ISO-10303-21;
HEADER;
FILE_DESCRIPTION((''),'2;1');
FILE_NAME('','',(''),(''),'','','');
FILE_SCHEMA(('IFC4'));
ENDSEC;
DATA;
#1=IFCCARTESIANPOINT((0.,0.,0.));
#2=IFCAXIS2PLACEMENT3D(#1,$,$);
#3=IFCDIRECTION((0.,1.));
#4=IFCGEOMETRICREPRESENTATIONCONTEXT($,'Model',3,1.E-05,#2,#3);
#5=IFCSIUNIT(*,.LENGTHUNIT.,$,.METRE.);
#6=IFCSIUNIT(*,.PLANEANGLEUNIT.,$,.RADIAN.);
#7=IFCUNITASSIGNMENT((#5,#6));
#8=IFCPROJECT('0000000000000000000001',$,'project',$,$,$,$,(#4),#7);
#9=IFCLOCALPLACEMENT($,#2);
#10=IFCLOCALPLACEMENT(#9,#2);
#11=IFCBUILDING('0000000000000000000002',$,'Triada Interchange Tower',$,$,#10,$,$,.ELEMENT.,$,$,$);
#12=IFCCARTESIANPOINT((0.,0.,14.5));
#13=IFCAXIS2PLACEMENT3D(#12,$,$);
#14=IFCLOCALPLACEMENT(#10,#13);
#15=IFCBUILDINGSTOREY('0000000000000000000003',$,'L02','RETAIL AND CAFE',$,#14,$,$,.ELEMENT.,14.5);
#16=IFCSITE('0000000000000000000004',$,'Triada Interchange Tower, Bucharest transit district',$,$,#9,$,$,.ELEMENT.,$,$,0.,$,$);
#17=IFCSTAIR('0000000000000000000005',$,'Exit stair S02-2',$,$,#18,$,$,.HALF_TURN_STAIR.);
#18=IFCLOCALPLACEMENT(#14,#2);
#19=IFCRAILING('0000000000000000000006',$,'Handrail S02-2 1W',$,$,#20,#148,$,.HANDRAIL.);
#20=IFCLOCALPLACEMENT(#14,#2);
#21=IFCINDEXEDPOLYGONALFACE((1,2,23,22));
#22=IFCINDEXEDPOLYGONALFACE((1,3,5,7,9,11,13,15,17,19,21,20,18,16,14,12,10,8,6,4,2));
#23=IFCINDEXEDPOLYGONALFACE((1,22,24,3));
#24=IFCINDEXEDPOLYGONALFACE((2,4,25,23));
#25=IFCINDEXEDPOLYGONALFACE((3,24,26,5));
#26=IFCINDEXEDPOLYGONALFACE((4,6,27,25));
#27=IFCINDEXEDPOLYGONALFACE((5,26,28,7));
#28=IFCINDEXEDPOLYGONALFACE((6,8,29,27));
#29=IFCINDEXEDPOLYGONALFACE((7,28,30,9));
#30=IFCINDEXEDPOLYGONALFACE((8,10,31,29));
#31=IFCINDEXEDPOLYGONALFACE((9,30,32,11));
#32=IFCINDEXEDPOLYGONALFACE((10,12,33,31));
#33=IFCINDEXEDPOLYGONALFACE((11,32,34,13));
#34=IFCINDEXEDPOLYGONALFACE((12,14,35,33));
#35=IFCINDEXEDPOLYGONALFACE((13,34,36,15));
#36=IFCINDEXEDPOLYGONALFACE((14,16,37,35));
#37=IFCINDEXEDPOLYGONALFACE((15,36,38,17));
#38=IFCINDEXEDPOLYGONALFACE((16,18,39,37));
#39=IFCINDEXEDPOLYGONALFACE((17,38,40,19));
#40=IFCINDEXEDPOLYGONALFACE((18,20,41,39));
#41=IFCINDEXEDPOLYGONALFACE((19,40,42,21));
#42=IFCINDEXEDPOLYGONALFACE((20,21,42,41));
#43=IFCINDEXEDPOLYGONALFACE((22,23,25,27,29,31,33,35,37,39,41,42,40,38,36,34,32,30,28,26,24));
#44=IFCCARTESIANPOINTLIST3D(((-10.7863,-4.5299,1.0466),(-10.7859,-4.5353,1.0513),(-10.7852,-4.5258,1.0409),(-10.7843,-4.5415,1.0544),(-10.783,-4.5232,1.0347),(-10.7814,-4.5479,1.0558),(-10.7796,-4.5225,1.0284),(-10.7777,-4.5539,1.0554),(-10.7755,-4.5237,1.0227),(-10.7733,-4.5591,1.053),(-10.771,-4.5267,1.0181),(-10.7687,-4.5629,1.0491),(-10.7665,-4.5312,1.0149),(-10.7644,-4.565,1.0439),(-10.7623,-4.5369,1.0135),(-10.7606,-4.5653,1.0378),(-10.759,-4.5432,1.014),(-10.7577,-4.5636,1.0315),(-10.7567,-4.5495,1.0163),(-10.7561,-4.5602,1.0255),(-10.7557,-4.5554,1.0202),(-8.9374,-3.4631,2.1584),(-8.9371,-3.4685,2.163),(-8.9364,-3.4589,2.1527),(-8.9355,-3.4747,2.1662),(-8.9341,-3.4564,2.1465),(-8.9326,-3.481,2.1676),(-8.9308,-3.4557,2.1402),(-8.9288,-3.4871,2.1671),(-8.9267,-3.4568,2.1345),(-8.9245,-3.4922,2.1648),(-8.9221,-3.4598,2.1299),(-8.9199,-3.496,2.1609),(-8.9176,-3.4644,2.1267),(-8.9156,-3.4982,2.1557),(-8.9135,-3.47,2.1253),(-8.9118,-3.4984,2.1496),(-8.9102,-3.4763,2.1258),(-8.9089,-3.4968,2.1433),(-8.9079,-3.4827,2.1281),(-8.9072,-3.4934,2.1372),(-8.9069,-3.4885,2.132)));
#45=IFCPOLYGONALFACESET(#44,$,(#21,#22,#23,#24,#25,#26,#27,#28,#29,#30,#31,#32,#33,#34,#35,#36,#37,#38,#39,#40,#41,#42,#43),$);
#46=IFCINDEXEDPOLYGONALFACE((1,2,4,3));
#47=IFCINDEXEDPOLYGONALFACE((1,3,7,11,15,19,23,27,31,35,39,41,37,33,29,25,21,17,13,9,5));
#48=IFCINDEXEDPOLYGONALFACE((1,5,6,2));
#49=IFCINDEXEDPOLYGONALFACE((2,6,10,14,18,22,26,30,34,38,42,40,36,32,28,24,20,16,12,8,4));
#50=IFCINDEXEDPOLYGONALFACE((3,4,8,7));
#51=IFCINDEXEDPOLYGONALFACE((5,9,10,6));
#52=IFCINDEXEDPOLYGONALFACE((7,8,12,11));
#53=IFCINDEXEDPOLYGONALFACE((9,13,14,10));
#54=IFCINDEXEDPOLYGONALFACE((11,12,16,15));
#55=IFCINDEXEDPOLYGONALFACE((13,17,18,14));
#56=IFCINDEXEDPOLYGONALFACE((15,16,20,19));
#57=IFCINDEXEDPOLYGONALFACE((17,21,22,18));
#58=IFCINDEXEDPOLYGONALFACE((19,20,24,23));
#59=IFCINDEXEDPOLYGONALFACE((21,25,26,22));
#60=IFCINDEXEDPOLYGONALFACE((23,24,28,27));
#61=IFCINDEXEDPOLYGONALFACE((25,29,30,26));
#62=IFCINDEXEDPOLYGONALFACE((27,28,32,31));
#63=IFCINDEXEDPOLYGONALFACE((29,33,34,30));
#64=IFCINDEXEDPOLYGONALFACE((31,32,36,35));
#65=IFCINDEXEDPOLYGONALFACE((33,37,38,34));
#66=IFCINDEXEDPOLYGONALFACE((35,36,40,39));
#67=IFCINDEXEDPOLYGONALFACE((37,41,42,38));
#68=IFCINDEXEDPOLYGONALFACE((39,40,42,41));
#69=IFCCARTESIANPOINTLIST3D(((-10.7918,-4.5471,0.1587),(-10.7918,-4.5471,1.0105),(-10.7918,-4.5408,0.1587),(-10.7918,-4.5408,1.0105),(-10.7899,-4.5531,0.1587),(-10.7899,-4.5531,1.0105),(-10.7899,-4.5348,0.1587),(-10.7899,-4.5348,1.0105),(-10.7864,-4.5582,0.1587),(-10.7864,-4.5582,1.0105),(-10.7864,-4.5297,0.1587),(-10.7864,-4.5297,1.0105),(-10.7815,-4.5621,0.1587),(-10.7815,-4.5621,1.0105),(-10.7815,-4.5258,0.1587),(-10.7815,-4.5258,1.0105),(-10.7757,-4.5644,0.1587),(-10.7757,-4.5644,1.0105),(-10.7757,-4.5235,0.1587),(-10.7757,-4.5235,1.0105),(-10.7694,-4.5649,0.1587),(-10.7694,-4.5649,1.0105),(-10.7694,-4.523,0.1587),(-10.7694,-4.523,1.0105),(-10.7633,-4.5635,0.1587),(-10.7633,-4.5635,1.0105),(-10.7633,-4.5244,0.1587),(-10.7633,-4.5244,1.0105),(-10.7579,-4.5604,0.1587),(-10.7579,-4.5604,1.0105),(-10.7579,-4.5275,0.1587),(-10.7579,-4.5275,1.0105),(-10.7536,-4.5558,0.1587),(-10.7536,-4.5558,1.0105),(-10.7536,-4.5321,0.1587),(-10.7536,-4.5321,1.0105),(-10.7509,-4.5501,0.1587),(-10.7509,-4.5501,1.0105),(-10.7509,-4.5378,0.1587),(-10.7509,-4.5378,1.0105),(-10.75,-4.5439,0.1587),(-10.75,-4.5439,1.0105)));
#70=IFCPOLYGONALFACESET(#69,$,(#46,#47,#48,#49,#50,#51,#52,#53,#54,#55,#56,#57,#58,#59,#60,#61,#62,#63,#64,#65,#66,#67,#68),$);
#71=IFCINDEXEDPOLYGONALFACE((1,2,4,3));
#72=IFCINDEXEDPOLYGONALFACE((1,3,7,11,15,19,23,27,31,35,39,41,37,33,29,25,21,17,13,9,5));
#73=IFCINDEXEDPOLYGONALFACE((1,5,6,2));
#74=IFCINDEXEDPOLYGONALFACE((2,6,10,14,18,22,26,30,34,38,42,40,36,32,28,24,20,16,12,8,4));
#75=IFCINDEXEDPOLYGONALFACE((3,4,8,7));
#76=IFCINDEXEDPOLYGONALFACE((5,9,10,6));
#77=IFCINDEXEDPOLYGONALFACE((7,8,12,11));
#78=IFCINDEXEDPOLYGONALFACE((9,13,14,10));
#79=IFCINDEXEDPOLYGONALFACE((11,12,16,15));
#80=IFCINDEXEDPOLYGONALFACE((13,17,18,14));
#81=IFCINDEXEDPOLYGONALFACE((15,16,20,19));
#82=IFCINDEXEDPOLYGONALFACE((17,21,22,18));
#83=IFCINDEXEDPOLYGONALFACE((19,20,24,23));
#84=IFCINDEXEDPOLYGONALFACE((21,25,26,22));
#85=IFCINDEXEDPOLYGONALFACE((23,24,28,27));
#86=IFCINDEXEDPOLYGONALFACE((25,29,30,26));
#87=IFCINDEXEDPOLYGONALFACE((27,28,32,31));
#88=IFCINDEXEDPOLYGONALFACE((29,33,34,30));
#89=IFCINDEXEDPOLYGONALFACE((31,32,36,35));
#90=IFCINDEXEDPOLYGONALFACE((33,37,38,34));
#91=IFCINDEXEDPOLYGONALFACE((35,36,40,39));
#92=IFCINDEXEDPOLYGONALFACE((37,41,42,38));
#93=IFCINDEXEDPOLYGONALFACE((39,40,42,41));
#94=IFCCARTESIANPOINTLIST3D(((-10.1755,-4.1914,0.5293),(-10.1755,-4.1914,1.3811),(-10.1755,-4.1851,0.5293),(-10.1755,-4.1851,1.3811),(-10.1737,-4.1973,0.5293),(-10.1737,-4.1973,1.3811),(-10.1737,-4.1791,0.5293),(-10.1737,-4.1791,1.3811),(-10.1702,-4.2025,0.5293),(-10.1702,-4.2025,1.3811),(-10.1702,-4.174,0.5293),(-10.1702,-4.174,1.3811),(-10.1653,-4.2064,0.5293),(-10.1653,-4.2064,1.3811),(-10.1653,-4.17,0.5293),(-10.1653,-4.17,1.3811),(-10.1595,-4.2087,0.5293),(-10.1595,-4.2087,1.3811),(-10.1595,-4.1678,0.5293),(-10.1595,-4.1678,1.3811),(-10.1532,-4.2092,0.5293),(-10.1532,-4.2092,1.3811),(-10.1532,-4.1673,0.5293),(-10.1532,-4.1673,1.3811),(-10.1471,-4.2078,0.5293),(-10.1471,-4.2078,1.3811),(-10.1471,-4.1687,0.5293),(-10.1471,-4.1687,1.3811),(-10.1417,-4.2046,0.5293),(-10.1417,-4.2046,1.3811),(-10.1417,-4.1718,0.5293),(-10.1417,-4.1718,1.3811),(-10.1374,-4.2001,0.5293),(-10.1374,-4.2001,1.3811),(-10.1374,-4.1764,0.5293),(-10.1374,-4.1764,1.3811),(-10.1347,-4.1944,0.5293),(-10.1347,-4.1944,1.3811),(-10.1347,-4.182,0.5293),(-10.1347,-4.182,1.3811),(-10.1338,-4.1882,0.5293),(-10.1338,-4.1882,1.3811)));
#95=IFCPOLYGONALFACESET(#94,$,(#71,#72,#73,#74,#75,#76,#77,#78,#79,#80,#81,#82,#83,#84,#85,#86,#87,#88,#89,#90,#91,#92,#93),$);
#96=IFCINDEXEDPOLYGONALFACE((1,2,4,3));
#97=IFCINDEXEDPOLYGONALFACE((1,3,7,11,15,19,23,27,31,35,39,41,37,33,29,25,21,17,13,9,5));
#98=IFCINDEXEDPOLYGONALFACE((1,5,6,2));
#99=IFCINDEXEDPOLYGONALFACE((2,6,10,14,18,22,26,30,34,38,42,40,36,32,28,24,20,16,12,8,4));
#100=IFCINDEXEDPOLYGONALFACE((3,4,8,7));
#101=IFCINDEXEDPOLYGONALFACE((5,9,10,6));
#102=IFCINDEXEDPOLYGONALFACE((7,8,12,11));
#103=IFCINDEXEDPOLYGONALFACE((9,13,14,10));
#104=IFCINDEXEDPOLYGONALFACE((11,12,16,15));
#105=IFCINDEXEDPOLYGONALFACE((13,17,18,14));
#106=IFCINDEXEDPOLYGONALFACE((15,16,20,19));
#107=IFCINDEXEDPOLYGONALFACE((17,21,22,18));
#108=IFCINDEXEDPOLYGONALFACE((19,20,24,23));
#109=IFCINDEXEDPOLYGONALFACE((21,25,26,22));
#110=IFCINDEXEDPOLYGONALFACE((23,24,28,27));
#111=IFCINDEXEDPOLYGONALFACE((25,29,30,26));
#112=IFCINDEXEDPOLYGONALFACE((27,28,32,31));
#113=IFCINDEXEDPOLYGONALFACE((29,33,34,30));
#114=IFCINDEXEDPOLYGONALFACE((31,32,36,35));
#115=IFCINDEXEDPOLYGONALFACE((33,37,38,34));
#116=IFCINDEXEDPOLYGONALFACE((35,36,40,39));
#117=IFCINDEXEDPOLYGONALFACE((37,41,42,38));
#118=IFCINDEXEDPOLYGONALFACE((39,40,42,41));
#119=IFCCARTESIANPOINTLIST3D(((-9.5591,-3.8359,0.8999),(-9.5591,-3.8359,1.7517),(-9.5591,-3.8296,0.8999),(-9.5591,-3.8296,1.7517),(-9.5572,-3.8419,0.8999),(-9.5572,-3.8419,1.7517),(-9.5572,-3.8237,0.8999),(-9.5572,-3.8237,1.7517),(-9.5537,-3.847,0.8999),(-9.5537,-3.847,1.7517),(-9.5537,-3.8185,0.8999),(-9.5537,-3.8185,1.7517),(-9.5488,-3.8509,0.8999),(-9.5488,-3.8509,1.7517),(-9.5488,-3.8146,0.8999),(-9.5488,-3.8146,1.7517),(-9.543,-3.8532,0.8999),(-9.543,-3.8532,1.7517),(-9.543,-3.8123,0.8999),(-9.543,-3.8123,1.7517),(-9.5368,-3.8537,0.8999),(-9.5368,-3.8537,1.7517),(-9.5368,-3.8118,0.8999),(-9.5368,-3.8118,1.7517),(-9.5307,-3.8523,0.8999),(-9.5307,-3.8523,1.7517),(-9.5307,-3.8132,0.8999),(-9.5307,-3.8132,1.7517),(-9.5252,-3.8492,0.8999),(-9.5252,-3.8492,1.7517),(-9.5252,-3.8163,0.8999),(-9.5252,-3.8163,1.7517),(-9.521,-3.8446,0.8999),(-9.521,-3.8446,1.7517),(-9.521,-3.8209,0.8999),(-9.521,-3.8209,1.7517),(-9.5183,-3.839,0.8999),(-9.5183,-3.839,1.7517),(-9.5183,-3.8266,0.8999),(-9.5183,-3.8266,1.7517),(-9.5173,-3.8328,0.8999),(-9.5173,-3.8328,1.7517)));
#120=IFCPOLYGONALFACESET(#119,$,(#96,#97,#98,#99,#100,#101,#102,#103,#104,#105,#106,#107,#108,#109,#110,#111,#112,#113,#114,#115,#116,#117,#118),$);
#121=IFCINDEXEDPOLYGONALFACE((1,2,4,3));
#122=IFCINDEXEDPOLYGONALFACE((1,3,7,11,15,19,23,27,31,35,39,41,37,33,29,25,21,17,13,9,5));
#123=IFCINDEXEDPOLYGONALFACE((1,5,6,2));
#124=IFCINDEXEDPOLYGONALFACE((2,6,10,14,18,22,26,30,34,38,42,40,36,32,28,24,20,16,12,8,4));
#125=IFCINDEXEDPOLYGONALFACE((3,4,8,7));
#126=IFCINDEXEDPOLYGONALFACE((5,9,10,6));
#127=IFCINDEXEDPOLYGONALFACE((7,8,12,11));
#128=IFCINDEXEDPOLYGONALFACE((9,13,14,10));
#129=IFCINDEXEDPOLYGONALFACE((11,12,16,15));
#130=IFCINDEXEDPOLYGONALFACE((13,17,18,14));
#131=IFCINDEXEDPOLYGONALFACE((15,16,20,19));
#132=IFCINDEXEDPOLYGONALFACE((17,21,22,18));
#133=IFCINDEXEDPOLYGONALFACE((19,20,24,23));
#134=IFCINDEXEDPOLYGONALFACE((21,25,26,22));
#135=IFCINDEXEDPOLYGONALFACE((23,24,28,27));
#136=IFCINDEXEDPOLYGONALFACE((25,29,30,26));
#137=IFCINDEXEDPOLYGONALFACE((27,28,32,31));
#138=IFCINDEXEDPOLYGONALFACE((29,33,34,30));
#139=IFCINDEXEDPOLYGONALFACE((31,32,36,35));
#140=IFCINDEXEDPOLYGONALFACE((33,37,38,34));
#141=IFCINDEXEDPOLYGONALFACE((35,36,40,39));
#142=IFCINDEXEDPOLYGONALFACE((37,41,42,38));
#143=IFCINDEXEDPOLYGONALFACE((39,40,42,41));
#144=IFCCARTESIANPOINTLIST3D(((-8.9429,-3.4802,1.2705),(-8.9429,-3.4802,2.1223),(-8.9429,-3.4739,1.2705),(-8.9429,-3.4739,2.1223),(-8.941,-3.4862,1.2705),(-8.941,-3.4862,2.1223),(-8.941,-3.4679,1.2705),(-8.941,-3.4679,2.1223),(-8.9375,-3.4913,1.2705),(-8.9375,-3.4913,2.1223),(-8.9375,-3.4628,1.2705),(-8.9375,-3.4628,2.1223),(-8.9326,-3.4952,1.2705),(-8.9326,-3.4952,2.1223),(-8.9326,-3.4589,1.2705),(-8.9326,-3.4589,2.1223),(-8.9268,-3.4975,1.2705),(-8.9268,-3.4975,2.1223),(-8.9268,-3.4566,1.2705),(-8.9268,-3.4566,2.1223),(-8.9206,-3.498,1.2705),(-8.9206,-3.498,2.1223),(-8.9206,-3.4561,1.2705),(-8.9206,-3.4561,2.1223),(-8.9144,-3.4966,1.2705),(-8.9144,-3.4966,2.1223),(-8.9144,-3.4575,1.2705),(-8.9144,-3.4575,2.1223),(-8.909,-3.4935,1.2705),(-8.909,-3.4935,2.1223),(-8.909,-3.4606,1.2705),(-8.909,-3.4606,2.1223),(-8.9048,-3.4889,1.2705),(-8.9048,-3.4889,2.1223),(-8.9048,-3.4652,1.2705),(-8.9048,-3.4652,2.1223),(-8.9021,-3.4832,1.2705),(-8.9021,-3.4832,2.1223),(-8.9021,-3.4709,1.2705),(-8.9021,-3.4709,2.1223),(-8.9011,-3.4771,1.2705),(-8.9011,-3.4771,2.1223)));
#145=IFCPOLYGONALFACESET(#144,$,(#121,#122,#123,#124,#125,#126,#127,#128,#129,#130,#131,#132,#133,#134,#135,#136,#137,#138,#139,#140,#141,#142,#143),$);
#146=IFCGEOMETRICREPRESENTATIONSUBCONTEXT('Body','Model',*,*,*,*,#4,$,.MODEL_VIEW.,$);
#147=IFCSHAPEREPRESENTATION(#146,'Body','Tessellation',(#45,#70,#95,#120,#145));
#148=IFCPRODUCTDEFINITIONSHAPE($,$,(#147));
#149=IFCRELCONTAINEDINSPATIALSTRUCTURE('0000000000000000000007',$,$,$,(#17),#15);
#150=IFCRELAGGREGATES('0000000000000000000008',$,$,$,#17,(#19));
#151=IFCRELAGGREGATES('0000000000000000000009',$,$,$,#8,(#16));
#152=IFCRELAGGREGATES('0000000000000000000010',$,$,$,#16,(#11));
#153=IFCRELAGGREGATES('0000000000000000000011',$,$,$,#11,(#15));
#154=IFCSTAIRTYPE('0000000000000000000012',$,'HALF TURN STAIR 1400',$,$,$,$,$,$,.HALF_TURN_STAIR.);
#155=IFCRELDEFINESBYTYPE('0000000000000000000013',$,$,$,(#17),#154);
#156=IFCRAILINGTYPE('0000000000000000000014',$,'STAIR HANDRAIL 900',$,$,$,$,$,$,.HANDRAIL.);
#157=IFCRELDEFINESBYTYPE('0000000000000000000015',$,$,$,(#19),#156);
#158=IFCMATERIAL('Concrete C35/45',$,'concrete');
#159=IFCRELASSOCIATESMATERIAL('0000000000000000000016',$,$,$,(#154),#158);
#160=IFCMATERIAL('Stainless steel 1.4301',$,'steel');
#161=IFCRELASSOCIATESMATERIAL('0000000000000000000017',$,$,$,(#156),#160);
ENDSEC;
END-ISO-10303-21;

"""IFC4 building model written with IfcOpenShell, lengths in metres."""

from ifc_helpers import new_model, si_unit, direction, frame, origin, origin_2d, place, context, subcontext, project, spatial, circle, extrude, material, type_object, element, aggregate, save


model = new_model("IFC4")

# Units and contexts
model_context = context("Model", 3, precision=1e-05, world=origin(), true_north=direction((0.0, 1.0)))
body_context = subcontext(model_context, "Body", "Model", "MODEL_VIEW")
ifc_project = project(units=[si_unit("LENGTHUNIT", "METRE"), si_unit("PLANEANGLEUNIT", "RADIAN")], contexts=[model_context])

# Site, building, storey
site_placement = place(None, origin())
site = spatial("IfcSite", under=ifc_project, at=site_placement, Name="Triada Interchange Tower, Bucharest transit district", CompositionType="ELEMENT", RefElevation=0.0)
building_placement = place(site_placement, origin())
building = spatial("IfcBuilding", under=site, at=building_placement, Name="Triada Interchange Tower", CompositionType="ELEMENT")
storey_placement = place(building_placement, frame((0.0, 0.0, 14.5)))
storey = spatial("IfcBuildingStorey", under=building, at=storey_placement, Name="L02", Description="RETAIL AND CAFE", CompositionType="ELEMENT", Elevation=14.5)

# Shared definitions
ifc_material_1 = material(Name="Concrete C35/45", Category="concrete")

# Stair, railing
stair_type = type_object("IfcStairType", Name="HALF TURN STAIR 1400", PredefinedType="HALF_TURN_STAIR", material=ifc_material_1)
stair_1_placement = place(storey_placement, origin())
stair_1 = element("IfcStair", 1, at=stair_1_placement, inside=storey, type_object=stair_type, Name="Exit stair S02-2", PredefinedType="HALF_TURN_STAIR")
ifc_material_2 = material(Name="Stainless steel 1.4301", Category="steel")
railing_type_1 = type_object("IfcRailingType", Name="STAIR HANDRAIL 900", PredefinedType="HANDRAIL", material=ifc_material_2)
railing_1_placement = place(storey_placement, frame((-10.771, -4.5439, 0.1587)))
railing_1 = element("IfcRailing", 2, at=railing_1_placement, type_object=railing_type_1, Name="Handrail S02-2 1W", PredefinedType="HANDRAIL", context=body_context, shape_type="SweptSolid", body=[
    extrude(circle(Radius=0.0239, at=origin_2d()), frame((0.0, 0.0, 0.876), z_axis=(0.768185, 0.443281, 0.461946), x_axis=(-0.499805, 0.866138, 0.0)), (0.0, 0.0, 1.0), 2.4067),
    extrude(circle(Radius=0.021, at=origin_2d()), origin(), (0.0, 0.0, 1.0), 0.8518),
    extrude(circle(Radius=0.021, at=origin_2d()), frame((0.6162, 0.3557, 0.3706)), (0.0, 0.0, 1.0), 0.8518),
    extrude(circle(Radius=0.021, at=origin_2d()), frame((1.2327, 0.7112, 0.7412)), (0.0, 0.0, 1.0), 0.8518),
    extrude(circle(Radius=0.021, at=origin_2d()), frame((1.8489, 1.0669, 1.1118)), (0.0, 0.0, 1.0), 0.8518),
])
aggregate(stair_1, [railing_1])

save(model, "model.ifc")
